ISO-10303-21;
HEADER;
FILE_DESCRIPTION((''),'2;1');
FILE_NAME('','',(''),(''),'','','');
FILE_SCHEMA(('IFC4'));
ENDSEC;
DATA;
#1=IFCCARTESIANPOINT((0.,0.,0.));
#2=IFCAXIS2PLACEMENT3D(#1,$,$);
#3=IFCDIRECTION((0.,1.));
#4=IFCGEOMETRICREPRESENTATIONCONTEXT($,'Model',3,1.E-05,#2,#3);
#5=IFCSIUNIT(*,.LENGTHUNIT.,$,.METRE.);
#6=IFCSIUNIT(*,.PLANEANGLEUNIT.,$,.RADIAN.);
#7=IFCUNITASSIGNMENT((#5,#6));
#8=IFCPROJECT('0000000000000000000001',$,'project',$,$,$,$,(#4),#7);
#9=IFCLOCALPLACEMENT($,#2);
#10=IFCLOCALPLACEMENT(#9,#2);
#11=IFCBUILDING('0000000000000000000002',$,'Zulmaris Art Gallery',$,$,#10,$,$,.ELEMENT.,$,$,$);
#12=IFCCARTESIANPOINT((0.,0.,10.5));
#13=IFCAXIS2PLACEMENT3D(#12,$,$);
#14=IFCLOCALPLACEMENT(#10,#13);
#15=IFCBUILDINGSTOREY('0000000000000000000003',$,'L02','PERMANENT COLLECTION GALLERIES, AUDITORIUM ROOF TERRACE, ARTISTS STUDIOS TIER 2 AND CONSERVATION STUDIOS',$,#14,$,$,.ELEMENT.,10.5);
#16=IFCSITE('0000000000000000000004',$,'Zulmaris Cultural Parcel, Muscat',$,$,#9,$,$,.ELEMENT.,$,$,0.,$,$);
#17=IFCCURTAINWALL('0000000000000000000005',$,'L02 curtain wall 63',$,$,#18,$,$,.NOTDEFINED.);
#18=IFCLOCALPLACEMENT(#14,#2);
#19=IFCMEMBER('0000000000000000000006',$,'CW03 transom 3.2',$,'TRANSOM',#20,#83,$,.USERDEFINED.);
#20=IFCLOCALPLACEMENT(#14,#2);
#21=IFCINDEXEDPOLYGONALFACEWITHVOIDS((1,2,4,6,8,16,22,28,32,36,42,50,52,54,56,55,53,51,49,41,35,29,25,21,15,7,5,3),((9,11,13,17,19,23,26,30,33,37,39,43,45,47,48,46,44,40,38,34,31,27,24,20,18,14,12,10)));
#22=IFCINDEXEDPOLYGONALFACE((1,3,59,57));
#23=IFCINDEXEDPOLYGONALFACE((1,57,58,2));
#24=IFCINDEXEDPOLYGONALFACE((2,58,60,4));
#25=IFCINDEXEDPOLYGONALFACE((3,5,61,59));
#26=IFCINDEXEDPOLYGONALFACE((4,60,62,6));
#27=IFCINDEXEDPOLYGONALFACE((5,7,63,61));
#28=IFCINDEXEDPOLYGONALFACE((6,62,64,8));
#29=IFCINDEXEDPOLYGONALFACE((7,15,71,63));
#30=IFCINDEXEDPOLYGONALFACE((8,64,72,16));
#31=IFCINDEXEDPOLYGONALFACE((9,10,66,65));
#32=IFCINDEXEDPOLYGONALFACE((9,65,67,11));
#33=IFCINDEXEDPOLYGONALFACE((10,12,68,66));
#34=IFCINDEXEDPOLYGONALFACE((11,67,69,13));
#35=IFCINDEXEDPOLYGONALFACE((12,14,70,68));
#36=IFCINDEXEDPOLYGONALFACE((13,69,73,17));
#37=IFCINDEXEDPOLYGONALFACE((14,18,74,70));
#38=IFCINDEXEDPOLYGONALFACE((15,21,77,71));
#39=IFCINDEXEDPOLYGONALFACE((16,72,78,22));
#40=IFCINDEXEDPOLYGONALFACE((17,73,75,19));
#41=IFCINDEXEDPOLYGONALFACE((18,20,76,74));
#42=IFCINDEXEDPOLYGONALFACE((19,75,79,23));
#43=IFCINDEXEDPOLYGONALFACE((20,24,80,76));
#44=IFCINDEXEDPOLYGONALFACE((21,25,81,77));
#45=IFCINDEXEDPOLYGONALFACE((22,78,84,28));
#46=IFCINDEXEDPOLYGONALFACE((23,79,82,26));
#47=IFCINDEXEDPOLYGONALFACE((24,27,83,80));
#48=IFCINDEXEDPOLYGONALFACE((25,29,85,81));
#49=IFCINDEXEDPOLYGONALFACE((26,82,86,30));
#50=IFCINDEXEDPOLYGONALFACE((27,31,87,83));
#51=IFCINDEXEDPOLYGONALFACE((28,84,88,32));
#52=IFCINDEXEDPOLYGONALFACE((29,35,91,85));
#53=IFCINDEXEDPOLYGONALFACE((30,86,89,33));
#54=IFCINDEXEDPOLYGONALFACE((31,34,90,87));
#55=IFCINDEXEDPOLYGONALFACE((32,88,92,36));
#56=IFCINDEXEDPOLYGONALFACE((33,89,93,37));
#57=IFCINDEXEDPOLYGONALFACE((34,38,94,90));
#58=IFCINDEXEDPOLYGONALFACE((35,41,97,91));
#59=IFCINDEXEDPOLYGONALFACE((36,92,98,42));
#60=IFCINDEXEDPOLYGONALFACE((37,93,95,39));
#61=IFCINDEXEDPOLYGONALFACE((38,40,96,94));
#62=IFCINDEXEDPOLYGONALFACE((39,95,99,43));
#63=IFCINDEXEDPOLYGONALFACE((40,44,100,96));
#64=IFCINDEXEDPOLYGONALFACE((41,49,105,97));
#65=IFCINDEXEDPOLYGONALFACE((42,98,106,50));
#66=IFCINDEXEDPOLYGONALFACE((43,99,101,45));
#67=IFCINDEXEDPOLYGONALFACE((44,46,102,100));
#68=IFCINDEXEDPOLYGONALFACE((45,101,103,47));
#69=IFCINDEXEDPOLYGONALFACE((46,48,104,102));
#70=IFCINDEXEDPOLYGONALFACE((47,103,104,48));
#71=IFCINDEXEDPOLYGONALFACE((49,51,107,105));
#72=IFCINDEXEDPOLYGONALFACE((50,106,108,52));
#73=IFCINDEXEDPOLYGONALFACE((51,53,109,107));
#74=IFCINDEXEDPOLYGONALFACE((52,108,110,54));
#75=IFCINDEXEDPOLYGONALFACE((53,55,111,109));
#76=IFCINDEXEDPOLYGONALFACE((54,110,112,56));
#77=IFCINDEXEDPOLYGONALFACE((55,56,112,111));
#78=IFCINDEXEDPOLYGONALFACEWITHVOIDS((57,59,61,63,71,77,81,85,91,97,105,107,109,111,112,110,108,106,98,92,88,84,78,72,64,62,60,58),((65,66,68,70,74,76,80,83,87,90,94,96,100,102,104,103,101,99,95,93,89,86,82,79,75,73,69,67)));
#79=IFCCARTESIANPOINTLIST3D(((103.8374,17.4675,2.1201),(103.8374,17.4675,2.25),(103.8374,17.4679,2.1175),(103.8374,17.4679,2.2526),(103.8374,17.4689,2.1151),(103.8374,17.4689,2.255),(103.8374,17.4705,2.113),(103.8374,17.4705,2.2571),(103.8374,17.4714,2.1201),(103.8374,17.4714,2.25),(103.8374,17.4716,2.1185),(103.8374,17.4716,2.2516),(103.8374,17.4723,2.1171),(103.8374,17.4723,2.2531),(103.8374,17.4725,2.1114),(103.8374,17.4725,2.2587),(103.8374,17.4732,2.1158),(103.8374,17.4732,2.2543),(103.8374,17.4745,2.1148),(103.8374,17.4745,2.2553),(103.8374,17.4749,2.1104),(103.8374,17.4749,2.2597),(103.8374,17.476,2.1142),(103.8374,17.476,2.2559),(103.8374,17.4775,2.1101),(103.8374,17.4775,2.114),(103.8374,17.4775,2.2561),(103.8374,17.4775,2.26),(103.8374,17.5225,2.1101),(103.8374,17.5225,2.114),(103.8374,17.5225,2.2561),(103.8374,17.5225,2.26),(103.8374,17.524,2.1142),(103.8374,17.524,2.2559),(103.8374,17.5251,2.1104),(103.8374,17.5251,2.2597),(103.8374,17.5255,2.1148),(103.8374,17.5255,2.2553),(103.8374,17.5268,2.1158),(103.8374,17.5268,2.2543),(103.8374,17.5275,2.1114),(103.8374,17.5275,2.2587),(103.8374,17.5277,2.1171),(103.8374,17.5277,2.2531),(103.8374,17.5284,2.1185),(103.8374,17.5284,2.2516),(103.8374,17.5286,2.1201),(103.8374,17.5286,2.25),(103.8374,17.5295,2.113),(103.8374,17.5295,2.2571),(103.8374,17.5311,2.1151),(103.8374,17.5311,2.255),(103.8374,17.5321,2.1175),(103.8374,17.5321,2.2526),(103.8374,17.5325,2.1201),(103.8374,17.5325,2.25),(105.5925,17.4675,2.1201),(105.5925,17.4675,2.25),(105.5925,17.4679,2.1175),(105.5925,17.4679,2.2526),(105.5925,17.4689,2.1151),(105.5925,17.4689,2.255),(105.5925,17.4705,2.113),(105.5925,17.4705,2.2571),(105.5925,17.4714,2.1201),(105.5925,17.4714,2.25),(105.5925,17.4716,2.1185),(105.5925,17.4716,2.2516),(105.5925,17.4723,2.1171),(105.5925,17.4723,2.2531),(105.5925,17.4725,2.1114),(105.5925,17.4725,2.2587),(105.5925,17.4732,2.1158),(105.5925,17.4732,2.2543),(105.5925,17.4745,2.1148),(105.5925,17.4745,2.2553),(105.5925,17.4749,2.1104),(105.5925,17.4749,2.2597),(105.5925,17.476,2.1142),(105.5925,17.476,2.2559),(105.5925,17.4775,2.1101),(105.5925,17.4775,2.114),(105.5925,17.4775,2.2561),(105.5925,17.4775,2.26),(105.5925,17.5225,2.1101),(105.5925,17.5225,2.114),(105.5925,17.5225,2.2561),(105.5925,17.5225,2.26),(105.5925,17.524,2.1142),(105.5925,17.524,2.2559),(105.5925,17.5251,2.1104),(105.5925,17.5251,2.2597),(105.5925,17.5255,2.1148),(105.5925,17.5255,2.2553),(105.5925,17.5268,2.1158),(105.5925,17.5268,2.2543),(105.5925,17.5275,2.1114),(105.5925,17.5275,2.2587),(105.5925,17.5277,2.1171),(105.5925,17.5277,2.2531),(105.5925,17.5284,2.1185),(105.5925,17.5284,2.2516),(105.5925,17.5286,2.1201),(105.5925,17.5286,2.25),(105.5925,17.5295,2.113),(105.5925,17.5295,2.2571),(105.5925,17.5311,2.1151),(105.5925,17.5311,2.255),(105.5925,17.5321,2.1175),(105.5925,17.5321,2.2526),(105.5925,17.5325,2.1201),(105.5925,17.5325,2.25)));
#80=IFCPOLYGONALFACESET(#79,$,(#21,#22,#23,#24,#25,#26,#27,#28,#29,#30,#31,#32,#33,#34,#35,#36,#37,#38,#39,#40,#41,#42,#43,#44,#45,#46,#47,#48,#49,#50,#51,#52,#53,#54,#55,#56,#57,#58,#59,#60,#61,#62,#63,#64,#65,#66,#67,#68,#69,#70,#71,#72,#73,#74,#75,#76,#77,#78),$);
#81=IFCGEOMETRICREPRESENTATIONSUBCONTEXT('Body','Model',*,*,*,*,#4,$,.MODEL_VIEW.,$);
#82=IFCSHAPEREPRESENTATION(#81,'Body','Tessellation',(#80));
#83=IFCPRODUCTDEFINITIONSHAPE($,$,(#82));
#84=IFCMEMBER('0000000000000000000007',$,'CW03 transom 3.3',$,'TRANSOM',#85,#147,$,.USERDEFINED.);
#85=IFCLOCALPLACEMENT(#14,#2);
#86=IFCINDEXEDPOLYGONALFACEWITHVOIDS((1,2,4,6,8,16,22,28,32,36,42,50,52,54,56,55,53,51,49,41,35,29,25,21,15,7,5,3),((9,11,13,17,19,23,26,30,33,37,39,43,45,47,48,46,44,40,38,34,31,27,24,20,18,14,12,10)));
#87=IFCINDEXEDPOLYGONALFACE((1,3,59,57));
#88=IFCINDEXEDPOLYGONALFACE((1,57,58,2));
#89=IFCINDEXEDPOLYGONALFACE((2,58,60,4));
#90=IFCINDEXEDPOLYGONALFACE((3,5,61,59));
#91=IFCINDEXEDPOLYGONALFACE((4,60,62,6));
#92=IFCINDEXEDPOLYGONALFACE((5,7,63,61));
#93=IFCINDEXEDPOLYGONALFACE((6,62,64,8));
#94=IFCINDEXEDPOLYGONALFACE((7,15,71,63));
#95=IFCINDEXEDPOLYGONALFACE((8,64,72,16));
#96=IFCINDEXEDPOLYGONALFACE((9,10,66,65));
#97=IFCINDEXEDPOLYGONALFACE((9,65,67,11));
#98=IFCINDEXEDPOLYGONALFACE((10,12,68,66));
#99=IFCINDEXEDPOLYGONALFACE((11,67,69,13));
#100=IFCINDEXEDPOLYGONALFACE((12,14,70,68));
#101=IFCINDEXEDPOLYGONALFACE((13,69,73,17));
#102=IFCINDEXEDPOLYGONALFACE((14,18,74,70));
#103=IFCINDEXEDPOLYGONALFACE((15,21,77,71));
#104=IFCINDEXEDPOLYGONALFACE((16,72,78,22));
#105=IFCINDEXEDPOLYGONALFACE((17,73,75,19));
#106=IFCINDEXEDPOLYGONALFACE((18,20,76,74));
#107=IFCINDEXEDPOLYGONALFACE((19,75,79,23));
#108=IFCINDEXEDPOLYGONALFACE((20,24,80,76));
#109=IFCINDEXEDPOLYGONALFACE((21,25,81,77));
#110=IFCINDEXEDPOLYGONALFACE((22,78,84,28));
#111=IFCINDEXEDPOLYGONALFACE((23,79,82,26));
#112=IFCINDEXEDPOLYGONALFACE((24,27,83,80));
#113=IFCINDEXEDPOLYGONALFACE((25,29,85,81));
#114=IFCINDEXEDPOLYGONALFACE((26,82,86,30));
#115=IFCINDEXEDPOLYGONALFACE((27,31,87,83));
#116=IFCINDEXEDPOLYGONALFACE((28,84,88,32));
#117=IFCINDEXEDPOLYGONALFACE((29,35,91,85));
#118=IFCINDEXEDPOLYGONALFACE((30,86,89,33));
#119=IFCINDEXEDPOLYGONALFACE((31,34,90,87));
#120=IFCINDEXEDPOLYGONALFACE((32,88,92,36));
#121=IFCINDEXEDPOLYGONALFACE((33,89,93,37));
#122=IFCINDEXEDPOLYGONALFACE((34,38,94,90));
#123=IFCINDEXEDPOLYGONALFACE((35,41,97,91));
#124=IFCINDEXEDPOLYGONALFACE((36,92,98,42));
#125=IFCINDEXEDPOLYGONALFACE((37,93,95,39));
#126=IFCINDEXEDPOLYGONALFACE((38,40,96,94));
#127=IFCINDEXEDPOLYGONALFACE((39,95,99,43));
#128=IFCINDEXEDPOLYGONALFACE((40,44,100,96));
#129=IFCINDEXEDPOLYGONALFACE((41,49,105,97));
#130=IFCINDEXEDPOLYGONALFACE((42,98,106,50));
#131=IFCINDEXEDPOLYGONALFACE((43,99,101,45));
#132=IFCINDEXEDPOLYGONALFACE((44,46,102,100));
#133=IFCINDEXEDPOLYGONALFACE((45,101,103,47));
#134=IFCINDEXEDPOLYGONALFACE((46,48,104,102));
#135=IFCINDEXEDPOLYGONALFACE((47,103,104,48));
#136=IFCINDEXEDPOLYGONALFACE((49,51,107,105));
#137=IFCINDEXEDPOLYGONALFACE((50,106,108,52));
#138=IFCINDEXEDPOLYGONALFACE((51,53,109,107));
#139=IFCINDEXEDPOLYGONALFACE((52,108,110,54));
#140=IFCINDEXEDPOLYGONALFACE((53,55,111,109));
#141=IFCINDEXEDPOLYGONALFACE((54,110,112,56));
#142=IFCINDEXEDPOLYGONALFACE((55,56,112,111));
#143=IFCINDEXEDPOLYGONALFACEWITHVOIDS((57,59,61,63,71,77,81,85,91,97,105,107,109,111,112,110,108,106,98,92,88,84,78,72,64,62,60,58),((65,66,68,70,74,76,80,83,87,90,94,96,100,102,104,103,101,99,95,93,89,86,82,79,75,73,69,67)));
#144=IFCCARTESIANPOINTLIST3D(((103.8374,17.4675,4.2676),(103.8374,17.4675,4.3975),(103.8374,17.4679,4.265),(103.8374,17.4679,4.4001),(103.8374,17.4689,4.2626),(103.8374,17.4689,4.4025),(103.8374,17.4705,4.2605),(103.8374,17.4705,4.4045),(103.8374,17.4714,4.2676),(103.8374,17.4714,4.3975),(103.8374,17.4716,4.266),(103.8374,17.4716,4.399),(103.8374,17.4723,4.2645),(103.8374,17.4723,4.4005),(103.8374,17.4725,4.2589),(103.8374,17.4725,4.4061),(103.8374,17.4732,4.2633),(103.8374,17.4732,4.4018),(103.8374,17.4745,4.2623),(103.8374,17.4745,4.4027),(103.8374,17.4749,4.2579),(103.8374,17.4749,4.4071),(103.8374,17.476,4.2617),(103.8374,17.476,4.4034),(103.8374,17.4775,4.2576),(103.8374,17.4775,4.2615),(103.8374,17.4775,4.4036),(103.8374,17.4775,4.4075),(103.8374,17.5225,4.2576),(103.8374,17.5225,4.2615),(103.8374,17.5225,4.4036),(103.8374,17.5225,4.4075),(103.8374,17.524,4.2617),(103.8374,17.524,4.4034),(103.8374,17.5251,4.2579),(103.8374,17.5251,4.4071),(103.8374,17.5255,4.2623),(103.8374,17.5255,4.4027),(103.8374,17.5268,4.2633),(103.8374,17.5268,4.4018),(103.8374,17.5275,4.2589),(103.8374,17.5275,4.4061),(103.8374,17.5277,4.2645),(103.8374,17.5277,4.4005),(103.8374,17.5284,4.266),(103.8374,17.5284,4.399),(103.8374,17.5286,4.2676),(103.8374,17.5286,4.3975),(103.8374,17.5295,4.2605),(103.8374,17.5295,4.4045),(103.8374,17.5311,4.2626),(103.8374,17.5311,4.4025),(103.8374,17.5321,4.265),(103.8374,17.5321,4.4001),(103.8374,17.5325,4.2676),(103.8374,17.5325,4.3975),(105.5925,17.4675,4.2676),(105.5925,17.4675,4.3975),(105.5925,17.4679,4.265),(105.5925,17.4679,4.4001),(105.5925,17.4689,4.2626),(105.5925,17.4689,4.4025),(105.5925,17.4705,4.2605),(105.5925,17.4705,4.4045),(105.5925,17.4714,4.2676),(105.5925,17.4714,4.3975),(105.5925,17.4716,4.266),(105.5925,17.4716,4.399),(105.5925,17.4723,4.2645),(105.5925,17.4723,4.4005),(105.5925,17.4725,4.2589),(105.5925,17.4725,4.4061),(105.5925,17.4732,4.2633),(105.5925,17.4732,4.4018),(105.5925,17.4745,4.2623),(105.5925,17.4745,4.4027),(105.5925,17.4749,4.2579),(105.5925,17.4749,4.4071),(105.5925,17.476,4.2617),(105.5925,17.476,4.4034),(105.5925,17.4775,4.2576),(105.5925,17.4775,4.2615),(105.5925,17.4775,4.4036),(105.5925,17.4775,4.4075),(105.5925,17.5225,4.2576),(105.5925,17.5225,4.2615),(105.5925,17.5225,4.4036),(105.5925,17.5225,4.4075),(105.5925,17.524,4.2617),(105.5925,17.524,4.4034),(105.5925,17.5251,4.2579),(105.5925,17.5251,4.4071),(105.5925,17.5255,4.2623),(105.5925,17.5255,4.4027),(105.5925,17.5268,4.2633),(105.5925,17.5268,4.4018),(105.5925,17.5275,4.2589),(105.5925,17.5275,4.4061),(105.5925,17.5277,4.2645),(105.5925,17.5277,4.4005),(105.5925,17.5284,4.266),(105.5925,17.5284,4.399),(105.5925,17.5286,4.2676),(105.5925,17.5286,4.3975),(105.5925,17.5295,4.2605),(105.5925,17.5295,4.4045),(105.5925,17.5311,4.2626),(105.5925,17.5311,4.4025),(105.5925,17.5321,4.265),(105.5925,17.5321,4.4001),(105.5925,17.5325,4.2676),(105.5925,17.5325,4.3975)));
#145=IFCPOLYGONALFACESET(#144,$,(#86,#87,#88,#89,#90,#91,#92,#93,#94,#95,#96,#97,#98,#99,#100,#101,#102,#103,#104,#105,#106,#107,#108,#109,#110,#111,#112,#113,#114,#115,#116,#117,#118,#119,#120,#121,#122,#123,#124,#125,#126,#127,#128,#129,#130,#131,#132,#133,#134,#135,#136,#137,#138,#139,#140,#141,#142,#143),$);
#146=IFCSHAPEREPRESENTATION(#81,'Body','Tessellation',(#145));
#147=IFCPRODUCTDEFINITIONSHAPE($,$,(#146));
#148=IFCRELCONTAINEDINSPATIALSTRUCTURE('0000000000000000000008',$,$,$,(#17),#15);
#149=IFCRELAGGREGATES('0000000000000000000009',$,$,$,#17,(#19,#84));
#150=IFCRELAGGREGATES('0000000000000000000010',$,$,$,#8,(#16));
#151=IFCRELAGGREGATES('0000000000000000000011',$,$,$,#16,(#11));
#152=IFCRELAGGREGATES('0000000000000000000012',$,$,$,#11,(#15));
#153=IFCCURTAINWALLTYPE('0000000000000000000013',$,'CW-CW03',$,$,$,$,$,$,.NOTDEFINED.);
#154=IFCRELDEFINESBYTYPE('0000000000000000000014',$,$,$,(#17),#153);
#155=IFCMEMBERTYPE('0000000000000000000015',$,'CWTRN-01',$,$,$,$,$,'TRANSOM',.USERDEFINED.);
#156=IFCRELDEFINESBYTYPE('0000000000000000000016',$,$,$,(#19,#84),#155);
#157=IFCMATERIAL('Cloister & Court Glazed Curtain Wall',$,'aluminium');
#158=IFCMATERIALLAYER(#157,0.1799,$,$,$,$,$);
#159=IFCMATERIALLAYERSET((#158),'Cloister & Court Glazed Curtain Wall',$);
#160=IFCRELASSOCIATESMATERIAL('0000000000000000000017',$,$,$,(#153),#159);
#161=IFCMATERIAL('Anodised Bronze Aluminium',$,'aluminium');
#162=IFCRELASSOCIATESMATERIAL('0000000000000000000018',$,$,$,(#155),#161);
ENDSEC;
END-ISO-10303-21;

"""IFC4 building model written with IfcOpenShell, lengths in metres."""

from ifc_helpers import new_model, si_unit, direction, frame, origin, origin_2d, place, context, subcontext, project, spatial, hollow_rectangle, extrude, material, layer, layer_set, material_profile, profile_set, type_object, element, aggregate, save


model = new_model("IFC4")

# Units and contexts
model_context = context("Model", 3, precision=1e-05, world=origin(), true_north=direction((0.0, 1.0)))
body_context = subcontext(model_context, "Body", "Model", "MODEL_VIEW")
ifc_project = project(units=[si_unit("LENGTHUNIT", "METRE"), si_unit("PLANEANGLEUNIT", "RADIAN")], contexts=[model_context])

# Site, building, storey
site_placement = place(None, origin())
site = spatial("IfcSite", under=ifc_project, at=site_placement, Name="Zulmaris Cultural Parcel, Muscat", CompositionType="ELEMENT", RefElevation=0.0)
building_placement = place(site_placement, origin())
building = spatial("IfcBuilding", under=site, at=building_placement, Name="Zulmaris Art Gallery", CompositionType="ELEMENT")
storey_placement = place(building_placement, frame((0.0, 0.0, 10.5)))
storey = spatial("IfcBuildingStorey", under=building, at=storey_placement, Name="L02", Description="PERMANENT COLLECTION GALLERIES, AUDITORIUM ROOF TERRACE, ARTISTS STUDIOS TIER 2 AND CONSERVATION STUDIOS", CompositionType="ELEMENT", Elevation=10.5)

# Shared definitions
ifc_material_1 = material(Name="Cloister & Court Glazed Curtain Wall", Category="aluminium")
ifc_layer_1 = layer(ifc_material_1, 0.1799)
ifc_layer_set_1 = layer_set([ifc_layer_1], Name="Cloister & Court Glazed Curtain Wall")
curtain_wall_type = type_object("IfcCurtainWallType", Name="CW-CW03", PredefinedType="NOTDEFINED", material=ifc_layer_set_1)
ifc_material_2 = material(Name="Anodised Bronze Aluminium", Category="aluminium")

# Curtain wall, members
curtain_wall_1_placement = place(storey_placement, origin())
curtain_wall_1 = element("IfcCurtainWall", 1, at=curtain_wall_1_placement, inside=storey, type_object=curtain_wall_type, Name="L02 curtain wall 63", PredefinedType="NOTDEFINED")
ifc_material_profile_1 = material_profile(ifc_material_2, hollow_rectangle(XDim=0.0649, YDim=0.1499, WallThickness=0.0039, InnerFilletRadius=0.0061, OuterFilletRadius=0.01, at=origin_2d()), Name="ALU 65x150x4")
ifc_profile_set_1 = profile_set([ifc_material_profile_1], Name="Anodised Bronze Aluminium")
member_type_1 = type_object("IfcMemberType", Name="CWTRN-01", ElementType="TRANSOM", PredefinedType="USERDEFINED", material=ifc_profile_set_1)
member_1_placement = place(storey_placement, frame((103.8374, 17.5, 2.1851), z_axis=(1.0, 0.0, 0.0), x_axis=(0.0, 1.0, 0.0)))
member_1 = element("IfcMember", 2, at=member_1_placement, type_object=member_type_1, Name="CW03 transom 3.2", ObjectType="TRANSOM", PredefinedType="USERDEFINED", context=body_context, shape_type="SweptSolid", body=[
    extrude(hollow_rectangle(XDim=0.0649, YDim=0.1499, WallThickness=0.0039, InnerFilletRadius=0.0061, OuterFilletRadius=0.01, at=origin_2d()), origin(), (0.0, 0.0, 1.0), 1.7551),
])
member_2_placement = place(storey_placement, frame((103.8374, 17.5, 4.3325), z_axis=(1.0, 0.0, 0.0), x_axis=(0.0, 1.0, 0.0)))
member_2 = element("IfcMember", 3, at=member_2_placement, type_object=member_type_1, Name="CW03 transom 3.3", ObjectType="TRANSOM", PredefinedType="USERDEFINED", context=body_context, shape_type="SweptSolid", body=[
    extrude(hollow_rectangle(XDim=0.0649, YDim=0.1499, WallThickness=0.0039, InnerFilletRadius=0.0061, OuterFilletRadius=0.01, at=origin_2d()), origin(), (0.0, 0.0, 1.0), 1.7551),
])
aggregate(curtain_wall_1, [member_1, member_2])

save(model, "model.ifc")
